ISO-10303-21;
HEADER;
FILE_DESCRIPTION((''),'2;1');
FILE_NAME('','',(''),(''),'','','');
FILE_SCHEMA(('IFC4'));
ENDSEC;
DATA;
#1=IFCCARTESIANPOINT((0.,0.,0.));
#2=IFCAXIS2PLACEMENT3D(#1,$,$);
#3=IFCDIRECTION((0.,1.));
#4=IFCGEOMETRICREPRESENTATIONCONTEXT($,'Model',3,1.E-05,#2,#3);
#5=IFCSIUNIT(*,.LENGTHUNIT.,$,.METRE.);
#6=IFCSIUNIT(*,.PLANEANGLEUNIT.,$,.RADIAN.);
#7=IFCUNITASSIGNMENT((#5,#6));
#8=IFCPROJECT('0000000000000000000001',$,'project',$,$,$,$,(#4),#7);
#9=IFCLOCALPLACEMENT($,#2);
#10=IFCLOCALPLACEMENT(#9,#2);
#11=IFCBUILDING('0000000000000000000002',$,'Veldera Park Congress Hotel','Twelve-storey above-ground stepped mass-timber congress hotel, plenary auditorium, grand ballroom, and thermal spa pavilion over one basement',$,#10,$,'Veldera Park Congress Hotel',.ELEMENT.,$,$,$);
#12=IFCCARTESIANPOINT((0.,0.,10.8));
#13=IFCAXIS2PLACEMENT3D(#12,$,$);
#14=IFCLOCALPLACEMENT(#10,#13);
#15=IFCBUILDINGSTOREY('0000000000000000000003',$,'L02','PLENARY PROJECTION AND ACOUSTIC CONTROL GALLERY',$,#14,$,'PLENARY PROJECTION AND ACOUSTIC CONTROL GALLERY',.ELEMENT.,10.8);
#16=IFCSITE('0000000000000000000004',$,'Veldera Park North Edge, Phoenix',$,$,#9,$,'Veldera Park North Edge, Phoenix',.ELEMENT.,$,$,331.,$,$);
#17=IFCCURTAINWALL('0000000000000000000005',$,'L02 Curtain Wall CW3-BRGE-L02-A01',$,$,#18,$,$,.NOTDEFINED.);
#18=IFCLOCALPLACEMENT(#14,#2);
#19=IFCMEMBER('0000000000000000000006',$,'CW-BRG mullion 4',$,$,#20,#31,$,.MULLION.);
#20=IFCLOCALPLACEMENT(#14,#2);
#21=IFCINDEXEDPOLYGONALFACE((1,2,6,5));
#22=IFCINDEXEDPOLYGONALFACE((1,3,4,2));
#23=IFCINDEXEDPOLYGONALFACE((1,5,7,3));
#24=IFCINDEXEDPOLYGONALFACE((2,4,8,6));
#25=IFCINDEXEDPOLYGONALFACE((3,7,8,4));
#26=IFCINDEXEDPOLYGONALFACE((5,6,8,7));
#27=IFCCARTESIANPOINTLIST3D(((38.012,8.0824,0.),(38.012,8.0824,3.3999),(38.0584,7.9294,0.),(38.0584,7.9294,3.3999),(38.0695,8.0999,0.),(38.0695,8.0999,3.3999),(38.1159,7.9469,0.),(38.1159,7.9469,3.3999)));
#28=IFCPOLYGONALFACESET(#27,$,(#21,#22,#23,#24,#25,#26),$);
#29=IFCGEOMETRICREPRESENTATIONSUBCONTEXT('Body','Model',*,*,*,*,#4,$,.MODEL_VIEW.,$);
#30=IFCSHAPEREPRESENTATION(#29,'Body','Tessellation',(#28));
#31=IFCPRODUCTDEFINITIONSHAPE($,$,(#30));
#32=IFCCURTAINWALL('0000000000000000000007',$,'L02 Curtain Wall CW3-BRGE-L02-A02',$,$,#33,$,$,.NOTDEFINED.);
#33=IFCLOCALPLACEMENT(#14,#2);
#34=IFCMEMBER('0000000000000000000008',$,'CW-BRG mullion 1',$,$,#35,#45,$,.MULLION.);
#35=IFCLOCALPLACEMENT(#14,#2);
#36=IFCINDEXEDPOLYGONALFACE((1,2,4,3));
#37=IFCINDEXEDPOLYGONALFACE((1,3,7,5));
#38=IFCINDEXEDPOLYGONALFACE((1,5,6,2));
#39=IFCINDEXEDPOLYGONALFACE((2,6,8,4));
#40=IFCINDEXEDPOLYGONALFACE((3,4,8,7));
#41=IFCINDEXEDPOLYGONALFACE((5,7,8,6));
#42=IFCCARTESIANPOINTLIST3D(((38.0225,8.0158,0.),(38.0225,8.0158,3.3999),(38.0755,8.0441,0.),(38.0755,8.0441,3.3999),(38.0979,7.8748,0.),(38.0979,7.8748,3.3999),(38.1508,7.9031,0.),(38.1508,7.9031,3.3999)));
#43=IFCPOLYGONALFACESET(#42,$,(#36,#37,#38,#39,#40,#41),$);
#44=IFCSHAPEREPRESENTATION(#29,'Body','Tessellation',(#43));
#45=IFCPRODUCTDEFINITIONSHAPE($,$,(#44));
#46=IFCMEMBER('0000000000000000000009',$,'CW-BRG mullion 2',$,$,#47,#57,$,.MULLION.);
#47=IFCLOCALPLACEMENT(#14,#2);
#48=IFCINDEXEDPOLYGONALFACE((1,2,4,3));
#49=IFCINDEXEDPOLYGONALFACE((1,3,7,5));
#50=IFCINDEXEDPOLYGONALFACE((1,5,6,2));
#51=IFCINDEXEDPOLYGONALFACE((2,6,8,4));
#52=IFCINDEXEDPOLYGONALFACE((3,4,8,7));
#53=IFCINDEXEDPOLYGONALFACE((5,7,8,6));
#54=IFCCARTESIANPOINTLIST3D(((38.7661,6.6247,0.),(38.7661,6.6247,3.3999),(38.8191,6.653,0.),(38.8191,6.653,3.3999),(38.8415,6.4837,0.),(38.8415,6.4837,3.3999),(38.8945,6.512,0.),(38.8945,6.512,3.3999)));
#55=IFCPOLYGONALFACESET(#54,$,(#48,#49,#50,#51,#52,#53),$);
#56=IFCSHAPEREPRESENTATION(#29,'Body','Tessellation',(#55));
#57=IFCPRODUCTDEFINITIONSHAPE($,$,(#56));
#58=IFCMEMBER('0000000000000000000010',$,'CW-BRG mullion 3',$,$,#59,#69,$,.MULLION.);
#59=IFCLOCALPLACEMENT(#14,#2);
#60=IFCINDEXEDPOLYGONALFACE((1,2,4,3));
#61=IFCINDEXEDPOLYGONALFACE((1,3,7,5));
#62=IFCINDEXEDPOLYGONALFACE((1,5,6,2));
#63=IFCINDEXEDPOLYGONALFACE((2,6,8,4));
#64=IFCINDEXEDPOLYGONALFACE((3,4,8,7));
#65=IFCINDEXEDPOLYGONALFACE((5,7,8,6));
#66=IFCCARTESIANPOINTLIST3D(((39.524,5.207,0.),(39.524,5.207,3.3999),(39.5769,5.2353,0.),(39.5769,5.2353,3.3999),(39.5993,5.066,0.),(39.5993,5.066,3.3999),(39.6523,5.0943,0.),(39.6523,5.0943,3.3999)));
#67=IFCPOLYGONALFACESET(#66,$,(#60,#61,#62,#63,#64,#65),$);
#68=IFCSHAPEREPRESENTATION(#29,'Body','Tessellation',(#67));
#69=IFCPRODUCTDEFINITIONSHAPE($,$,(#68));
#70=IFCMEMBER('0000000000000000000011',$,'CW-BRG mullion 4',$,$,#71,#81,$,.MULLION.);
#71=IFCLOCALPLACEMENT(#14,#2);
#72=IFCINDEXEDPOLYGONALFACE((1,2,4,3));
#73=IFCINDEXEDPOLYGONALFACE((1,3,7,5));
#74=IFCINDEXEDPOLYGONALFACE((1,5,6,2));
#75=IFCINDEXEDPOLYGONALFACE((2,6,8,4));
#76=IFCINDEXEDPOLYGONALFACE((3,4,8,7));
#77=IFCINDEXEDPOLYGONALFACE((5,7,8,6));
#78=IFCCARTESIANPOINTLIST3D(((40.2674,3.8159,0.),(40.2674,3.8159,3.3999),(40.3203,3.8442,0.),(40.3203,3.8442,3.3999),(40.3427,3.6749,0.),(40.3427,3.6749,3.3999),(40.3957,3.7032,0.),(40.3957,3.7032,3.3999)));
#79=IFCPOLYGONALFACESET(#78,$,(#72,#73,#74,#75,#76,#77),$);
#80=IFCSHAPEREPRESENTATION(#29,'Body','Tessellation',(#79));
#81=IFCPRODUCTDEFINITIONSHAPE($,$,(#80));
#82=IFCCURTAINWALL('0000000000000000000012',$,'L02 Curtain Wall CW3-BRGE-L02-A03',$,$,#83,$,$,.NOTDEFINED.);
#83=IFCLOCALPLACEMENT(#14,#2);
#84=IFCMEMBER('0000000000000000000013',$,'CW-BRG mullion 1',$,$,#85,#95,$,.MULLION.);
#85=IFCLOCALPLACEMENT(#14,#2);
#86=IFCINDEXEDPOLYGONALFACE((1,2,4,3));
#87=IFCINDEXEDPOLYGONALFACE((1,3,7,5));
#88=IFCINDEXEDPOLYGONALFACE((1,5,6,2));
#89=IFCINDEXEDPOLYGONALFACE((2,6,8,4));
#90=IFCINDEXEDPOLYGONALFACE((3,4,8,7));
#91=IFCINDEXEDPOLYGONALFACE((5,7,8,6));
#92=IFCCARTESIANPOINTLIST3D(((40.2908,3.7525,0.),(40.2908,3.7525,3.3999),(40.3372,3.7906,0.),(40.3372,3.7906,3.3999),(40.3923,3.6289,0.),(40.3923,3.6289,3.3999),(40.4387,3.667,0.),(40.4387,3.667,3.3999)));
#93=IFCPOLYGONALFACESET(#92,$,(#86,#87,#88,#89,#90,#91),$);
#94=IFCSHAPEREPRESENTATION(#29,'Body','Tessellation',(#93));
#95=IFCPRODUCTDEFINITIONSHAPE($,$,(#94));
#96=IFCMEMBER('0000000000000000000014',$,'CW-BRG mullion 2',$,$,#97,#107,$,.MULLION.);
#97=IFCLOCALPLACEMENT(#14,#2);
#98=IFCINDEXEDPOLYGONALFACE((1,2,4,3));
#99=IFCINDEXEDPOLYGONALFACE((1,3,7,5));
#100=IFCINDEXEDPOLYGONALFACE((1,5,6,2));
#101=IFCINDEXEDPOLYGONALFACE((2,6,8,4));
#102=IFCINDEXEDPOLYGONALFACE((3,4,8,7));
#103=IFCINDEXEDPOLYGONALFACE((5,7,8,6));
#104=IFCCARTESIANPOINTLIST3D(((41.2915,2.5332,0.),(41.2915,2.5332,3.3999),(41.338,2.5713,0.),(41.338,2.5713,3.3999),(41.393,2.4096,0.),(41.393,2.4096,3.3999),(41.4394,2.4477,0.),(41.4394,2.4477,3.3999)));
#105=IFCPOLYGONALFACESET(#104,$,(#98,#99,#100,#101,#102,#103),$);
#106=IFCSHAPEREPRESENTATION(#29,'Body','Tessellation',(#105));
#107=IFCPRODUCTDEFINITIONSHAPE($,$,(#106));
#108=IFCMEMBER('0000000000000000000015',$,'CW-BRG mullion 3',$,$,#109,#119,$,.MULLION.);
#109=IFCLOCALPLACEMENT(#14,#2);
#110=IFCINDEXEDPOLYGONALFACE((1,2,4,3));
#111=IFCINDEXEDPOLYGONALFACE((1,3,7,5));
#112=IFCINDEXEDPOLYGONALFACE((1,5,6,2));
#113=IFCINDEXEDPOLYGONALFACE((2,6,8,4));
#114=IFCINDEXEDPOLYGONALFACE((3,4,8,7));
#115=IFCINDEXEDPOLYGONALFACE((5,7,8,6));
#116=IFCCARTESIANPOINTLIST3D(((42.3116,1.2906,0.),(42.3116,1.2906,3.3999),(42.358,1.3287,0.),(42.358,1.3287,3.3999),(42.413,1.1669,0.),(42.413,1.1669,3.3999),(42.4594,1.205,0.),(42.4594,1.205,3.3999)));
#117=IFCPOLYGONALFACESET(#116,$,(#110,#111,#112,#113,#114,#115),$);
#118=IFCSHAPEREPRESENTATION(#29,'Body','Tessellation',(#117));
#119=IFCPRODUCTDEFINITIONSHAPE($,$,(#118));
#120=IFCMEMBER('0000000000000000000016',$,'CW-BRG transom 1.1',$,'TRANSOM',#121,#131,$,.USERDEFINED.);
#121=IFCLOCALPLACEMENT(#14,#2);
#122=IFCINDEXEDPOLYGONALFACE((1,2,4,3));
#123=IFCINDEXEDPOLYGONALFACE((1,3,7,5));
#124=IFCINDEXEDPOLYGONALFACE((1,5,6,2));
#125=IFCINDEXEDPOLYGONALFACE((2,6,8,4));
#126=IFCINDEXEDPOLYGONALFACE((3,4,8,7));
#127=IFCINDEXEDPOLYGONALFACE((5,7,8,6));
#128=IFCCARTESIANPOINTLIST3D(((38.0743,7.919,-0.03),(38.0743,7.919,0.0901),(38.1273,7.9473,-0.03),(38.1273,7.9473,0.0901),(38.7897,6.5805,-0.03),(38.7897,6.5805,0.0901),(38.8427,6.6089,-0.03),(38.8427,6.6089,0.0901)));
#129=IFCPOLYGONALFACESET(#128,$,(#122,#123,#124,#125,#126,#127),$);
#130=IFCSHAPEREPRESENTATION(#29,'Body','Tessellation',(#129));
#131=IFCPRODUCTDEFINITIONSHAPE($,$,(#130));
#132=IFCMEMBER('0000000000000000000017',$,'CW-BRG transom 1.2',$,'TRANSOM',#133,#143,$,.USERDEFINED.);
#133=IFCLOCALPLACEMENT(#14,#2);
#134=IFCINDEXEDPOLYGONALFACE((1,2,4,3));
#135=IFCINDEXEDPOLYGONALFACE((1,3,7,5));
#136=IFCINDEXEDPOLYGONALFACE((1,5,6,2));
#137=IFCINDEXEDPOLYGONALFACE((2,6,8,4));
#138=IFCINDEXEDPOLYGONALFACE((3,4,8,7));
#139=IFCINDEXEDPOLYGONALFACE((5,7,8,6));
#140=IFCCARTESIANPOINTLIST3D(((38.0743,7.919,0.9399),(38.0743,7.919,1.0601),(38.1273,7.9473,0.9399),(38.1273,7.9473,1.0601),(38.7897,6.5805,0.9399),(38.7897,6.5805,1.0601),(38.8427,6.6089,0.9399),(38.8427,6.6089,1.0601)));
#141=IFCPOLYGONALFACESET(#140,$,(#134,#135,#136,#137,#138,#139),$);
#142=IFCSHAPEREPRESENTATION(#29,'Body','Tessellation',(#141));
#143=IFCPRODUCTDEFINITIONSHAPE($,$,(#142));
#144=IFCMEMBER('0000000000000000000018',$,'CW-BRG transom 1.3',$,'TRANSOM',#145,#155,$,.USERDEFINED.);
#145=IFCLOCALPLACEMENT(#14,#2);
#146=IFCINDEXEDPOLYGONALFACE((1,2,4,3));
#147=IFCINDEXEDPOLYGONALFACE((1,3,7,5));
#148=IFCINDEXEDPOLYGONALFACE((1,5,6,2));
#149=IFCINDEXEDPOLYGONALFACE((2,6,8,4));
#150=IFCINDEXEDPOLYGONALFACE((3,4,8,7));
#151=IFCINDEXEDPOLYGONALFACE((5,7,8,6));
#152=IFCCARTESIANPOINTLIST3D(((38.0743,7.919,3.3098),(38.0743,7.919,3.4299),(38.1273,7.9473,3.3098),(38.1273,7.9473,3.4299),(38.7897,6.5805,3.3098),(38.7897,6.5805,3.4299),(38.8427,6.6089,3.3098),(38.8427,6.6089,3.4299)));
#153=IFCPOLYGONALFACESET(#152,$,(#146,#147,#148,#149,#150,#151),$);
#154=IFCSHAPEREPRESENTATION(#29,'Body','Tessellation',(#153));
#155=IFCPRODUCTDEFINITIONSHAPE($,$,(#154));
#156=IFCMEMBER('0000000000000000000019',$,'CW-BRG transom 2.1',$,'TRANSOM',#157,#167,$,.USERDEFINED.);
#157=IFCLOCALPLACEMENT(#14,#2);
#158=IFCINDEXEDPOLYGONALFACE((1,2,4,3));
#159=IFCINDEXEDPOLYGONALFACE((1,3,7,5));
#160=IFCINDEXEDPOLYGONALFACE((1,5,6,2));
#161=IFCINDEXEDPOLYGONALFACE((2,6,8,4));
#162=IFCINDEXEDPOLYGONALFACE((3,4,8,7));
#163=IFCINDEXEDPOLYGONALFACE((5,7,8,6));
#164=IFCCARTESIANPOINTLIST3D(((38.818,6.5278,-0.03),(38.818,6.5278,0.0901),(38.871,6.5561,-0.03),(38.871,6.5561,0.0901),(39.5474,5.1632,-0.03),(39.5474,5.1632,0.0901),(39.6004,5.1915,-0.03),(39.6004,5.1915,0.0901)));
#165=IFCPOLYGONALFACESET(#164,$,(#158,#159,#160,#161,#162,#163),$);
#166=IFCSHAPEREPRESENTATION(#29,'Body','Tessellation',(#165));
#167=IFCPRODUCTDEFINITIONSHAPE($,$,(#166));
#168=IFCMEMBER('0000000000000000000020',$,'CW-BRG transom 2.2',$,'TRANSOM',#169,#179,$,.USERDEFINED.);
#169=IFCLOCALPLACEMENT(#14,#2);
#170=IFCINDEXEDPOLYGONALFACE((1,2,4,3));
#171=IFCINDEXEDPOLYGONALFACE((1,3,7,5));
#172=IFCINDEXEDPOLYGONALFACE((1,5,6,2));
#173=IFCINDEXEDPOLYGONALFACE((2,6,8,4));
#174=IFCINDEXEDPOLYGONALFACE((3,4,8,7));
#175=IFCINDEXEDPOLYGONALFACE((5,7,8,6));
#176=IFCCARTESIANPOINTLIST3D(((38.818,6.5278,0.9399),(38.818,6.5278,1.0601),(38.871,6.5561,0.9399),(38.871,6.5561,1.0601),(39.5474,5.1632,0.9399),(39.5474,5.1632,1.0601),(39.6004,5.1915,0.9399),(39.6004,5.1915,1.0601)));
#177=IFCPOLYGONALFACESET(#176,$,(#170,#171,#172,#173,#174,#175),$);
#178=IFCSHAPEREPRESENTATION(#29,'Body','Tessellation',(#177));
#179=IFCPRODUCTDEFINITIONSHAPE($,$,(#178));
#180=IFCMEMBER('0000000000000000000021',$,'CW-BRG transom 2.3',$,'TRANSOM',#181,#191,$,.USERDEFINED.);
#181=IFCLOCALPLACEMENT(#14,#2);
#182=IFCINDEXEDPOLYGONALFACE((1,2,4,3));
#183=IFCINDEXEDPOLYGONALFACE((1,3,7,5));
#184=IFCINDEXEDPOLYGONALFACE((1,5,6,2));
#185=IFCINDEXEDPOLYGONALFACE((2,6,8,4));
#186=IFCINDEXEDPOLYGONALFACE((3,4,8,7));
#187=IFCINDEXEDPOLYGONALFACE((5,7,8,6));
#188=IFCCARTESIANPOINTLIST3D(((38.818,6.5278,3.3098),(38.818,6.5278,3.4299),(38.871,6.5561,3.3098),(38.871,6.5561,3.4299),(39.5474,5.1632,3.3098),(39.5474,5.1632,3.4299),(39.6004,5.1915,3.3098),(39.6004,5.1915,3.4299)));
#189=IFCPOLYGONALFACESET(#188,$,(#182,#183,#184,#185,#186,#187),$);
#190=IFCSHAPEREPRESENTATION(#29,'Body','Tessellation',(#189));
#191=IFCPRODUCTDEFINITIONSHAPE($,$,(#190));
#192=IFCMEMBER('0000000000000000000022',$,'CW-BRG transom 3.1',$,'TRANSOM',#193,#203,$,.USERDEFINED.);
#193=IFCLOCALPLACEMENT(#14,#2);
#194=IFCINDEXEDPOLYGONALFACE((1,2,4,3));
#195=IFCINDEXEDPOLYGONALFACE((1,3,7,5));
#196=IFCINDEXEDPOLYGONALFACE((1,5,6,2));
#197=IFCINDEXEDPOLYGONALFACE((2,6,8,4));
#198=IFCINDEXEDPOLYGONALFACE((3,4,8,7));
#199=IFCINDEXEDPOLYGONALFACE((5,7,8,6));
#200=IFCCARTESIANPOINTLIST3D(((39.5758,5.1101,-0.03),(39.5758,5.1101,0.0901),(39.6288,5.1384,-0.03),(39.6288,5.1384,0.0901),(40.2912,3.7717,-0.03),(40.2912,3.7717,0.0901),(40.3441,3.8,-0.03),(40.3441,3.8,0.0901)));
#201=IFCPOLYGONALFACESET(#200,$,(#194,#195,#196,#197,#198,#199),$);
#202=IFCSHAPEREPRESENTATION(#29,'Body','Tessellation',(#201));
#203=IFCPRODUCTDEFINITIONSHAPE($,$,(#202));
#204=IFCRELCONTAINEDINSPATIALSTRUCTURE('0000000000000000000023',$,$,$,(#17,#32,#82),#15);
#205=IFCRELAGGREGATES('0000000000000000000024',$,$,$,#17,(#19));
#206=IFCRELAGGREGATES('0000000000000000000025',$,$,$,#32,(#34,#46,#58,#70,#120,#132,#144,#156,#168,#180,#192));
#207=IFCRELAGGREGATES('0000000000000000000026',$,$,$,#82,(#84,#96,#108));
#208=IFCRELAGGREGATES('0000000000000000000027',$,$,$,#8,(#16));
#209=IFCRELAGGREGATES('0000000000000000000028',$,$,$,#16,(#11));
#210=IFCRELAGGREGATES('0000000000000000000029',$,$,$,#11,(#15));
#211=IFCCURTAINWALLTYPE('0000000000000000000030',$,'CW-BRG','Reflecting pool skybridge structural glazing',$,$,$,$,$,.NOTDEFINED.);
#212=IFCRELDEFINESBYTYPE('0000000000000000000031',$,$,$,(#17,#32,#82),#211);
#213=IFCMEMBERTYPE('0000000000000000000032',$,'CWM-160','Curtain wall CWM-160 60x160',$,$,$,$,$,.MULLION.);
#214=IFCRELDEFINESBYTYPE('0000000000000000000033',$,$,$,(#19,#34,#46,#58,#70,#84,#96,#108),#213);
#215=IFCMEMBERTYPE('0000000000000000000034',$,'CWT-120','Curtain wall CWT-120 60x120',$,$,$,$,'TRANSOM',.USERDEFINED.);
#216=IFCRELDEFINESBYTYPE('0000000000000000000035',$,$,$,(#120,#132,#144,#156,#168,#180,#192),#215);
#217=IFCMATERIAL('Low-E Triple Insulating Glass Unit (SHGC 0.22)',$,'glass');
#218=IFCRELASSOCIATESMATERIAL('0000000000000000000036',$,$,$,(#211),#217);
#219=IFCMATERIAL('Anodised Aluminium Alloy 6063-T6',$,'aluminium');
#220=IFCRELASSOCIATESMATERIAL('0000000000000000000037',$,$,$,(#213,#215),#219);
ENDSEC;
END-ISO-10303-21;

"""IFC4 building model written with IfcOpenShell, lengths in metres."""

from ifc_helpers import new_model, si_unit, direction, frame, origin, origin_2d, place, context, subcontext, project, spatial, rectangle, extrude, material, material_profile, profile_set, type_object, element, aggregate, save


model = new_model("IFC4")

# Units and contexts
model_context = context("Model", 3, precision=1e-05, world=origin(), true_north=direction((0.0, 1.0)))
body_context = subcontext(model_context, "Body", "Model", "MODEL_VIEW")
ifc_project = project(units=[si_unit("LENGTHUNIT", "METRE"), si_unit("PLANEANGLEUNIT", "RADIAN")], contexts=[model_context])

# Site, building, storey
site_placement = place(None, origin())
site = spatial("IfcSite", under=ifc_project, at=site_placement, Name="Veldera Park North Edge, Phoenix", LongName="Veldera Park North Edge, Phoenix", CompositionType="ELEMENT", RefElevation=331.0)
building_placement = place(site_placement, origin())
building = spatial("IfcBuilding", under=site, at=building_placement, Name="Veldera Park Congress Hotel", Description="Twelve-storey above-ground stepped mass-timber congress hotel, plenary auditorium, grand ballroom, and thermal spa pavilion over one basement", LongName="Veldera Park Congress Hotel", CompositionType="ELEMENT")
storey_placement = place(building_placement, frame((0.0, 0.0, 10.8)))
storey = spatial("IfcBuildingStorey", under=building, at=storey_placement, Name="L02", Description="PLENARY PROJECTION AND ACOUSTIC CONTROL GALLERY", LongName="PLENARY PROJECTION AND ACOUSTIC CONTROL GALLERY", CompositionType="ELEMENT", Elevation=10.8)

# Curtain wall, member
ifc_material_1 = material(Name="Low-E Triple Insulating Glass Unit (SHGC 0.22)", Category="glass")
curtain_wall_type = type_object("IfcCurtainWallType", Name="CW-BRG", Description="Reflecting pool skybridge structural glazing", PredefinedType="NOTDEFINED", material=ifc_material_1)
curtain_wall_1_placement = place(storey_placement, origin())
curtain_wall_1 = element("IfcCurtainWall", 1, at=curtain_wall_1_placement, inside=storey, type_object=curtain_wall_type, Name="L02 Curtain Wall CW3-BRGE-L02-A01", PredefinedType="NOTDEFINED")
ifc_material_2 = material(Name="Anodised Aluminium Alloy 6063-T6", Category="aluminium")
ifc_material_profile_1 = material_profile(ifc_material_2, rectangle(XDim=0.0601, YDim=0.1599, at=origin_2d()), Name="ALU 60x160")
ifc_profile_set_1 = profile_set([ifc_material_profile_1], Name="Anodised Aluminium Alloy 6063-T6")
member_type_1 = type_object("IfcMemberType", Name="CWM-160", Description="Curtain wall CWM-160 60x160", PredefinedType="MULLION", material=ifc_profile_set_1)
member_1_placement = place(storey_placement, frame((38.064, 8.0146, 0.0), z_axis=(0.0, 0.0, 1.0), x_axis=(0.956939, 0.290288, 0.0)))
member_1 = element("IfcMember", 2, at=member_1_placement, type_object=member_type_1, Name="CW-BRG mullion 4", PredefinedType="MULLION", context=body_context, shape_type="SweptSolid", body=[
    extrude(rectangle(XDim=0.0601, YDim=0.1599, at=origin_2d()), origin(), (0.0, 0.0, 1.0), 3.3999),
])
aggregate(curtain_wall_1, [member_1])

# Curtain walls, members
curtain_wall_2_placement = place(storey_placement, origin())
curtain_wall_2 = element("IfcCurtainWall", 3, at=curtain_wall_2_placement, inside=storey, type_object=curtain_wall_type, Name="L02 Curtain Wall CW3-BRGE-L02-A02", PredefinedType="NOTDEFINED")
member_2_placement = place(storey_placement, frame((38.0867, 7.9595, 0.0), z_axis=(0.0, 0.0, 1.0), x_axis=(0.881928, 0.471385, 0.0)))
member_2 = element("IfcMember", 4, at=member_2_placement, type_object=member_type_1, Name="CW-BRG mullion 1", PredefinedType="MULLION", context=body_context, shape_type="SweptSolid", body=[
    extrude(rectangle(XDim=0.0601, YDim=0.1599, at=origin_2d()), origin(), (0.0, 0.0, 1.0), 3.3999),
])
member_3_placement = place(storey_placement, frame((38.8303, 6.5684, 0.0), z_axis=(0.0, 0.0, 1.0), x_axis=(0.881928, 0.471385, 0.0)))
member_3 = element("IfcMember", 5, at=member_3_placement, type_object=member_type_1, Name="CW-BRG mullion 2", PredefinedType="MULLION", context=body_context, shape_type="SweptSolid", body=[
    extrude(rectangle(XDim=0.0601, YDim=0.1599, at=origin_2d()), origin(), (0.0, 0.0, 1.0), 3.3999),
])
member_4_placement = place(storey_placement, frame((39.5881, 5.1506, 0.0), z_axis=(0.0, 0.0, 1.0), x_axis=(0.881928, 0.471385, 0.0)))
member_4 = element("IfcMember", 6, at=member_4_placement, type_object=member_type_1, Name="CW-BRG mullion 3", PredefinedType="MULLION", context=body_context, shape_type="SweptSolid", body=[
    extrude(rectangle(XDim=0.0601, YDim=0.1599, at=origin_2d()), origin(), (0.0, 0.0, 1.0), 3.3999),
])
member_5_placement = place(storey_placement, frame((40.3315, 3.7595, 0.0), z_axis=(0.0, 0.0, 1.0), x_axis=(0.881928, 0.471385, 0.0)))
member_5 = element("IfcMember", 7, at=member_5_placement, type_object=member_type_1, Name="CW-BRG mullion 4", PredefinedType="MULLION", context=body_context, shape_type="SweptSolid", body=[
    extrude(rectangle(XDim=0.0601, YDim=0.1599, at=origin_2d()), origin(), (0.0, 0.0, 1.0), 3.3999),
])
curtain_wall_3_placement = place(storey_placement, origin())
curtain_wall_3 = element("IfcCurtainWall", 8, at=curtain_wall_3_placement, inside=storey, type_object=curtain_wall_type, Name="L02 Curtain Wall CW3-BRGE-L02-A03", PredefinedType="NOTDEFINED")
member_6_placement = place(storey_placement, frame((40.3647, 3.7097, 0.0), z_axis=(0.0, 0.0, 1.0), x_axis=(0.773003, 0.634402, 0.0)))
member_6 = element("IfcMember", 9, at=member_6_placement, type_object=member_type_1, Name="CW-BRG mullion 1", PredefinedType="MULLION", context=body_context, shape_type="SweptSolid", body=[
    extrude(rectangle(XDim=0.0601, YDim=0.1599, at=origin_2d()), origin(), (0.0, 0.0, 1.0), 3.3999),
])
member_7_placement = place(storey_placement, frame((41.3655, 2.4905, 0.0), z_axis=(0.0, 0.0, 1.0), x_axis=(0.773003, 0.634402, 0.0)))
member_7 = element("IfcMember", 10, at=member_7_placement, type_object=member_type_1, Name="CW-BRG mullion 2", PredefinedType="MULLION", context=body_context, shape_type="SweptSolid", body=[
    extrude(rectangle(XDim=0.0601, YDim=0.1599, at=origin_2d()), origin(), (0.0, 0.0, 1.0), 3.3999),
])
member_8_placement = place(storey_placement, frame((42.3855, 1.2478, 0.0), z_axis=(0.0, 0.0, 1.0), x_axis=(0.773003, 0.634402, 0.0)))
member_8 = element("IfcMember", 11, at=member_8_placement, type_object=member_type_1, Name="CW-BRG mullion 3", PredefinedType="MULLION", context=body_context, shape_type="SweptSolid", body=[
    extrude(rectangle(XDim=0.0601, YDim=0.1599, at=origin_2d()), origin(), (0.0, 0.0, 1.0), 3.3999),
])

# Members
ifc_material_profile_2 = material_profile(ifc_material_2, rectangle(XDim=0.0601, YDim=0.1201, at=origin_2d()), Name="ALU 60x120")
ifc_profile_set_2 = profile_set([ifc_material_profile_2], Name="Anodised Aluminium Alloy 6063-T6")
member_type_2 = type_object("IfcMemberType", Name="CWT-120", Description="Curtain wall CWT-120 60x120", ElementType="TRANSOM", PredefinedType="USERDEFINED", material=ifc_profile_set_2)
member_9_placement = place(storey_placement, frame((38.1008, 7.9331, 0.03), z_axis=(0.471373, -0.881934, 0.0), x_axis=(0.881934, 0.471373, 0.0)))
member_9 = element("IfcMember", 12, at=member_9_placement, type_object=member_type_2, Name="CW-BRG transom 1.1", ObjectType="TRANSOM", PredefinedType="USERDEFINED", context=body_context, shape_type="SweptSolid", body=[
    extrude(rectangle(XDim=0.0601, YDim=0.1201, at=origin_2d()), origin(), (0.0, 0.0, 1.0), 1.5176),
])
member_10_placement = place(storey_placement, frame((38.1008, 7.9331, 1.0), z_axis=(0.471373, -0.881934, 0.0), x_axis=(0.881934, 0.471373, 0.0)))
member_10 = element("IfcMember", 13, at=member_10_placement, type_object=member_type_2, Name="CW-BRG transom 1.2", ObjectType="TRANSOM", PredefinedType="USERDEFINED", context=body_context, shape_type="SweptSolid", body=[
    extrude(rectangle(XDim=0.0601, YDim=0.1201, at=origin_2d()), origin(), (0.0, 0.0, 1.0), 1.5176),
])
member_11_placement = place(storey_placement, frame((38.1008, 7.9331, 3.3699), z_axis=(0.471373, -0.881934, 0.0), x_axis=(0.881934, 0.471373, 0.0)))
member_11 = element("IfcMember", 14, at=member_11_placement, type_object=member_type_2, Name="CW-BRG transom 1.3", ObjectType="TRANSOM", PredefinedType="USERDEFINED", context=body_context, shape_type="SweptSolid", body=[
    extrude(rectangle(XDim=0.0601, YDim=0.1201, at=origin_2d()), origin(), (0.0, 0.0, 1.0), 1.5176),
])
member_12_placement = place(storey_placement, frame((38.8445, 6.542, 0.03), z_axis=(0.471407, -0.881916, 0.0), x_axis=(0.881916, 0.471407, 0.0)))
member_12 = element("IfcMember", 15, at=member_12_placement, type_object=member_type_2, Name="CW-BRG transom 2.1", ObjectType="TRANSOM", PredefinedType="USERDEFINED", context=body_context, shape_type="SweptSolid", body=[
    extrude(rectangle(XDim=0.0601, YDim=0.1201, at=origin_2d()), origin(), (0.0, 0.0, 1.0), 1.5474),
])
member_13_placement = place(storey_placement, frame((38.8445, 6.542, 1.0), z_axis=(0.471407, -0.881916, 0.0), x_axis=(0.881916, 0.471407, 0.0)))
member_13 = element("IfcMember", 16, at=member_13_placement, type_object=member_type_2, Name="CW-BRG transom 2.2", ObjectType="TRANSOM", PredefinedType="USERDEFINED", context=body_context, shape_type="SweptSolid", body=[
    extrude(rectangle(XDim=0.0601, YDim=0.1201, at=origin_2d()), origin(), (0.0, 0.0, 1.0), 1.5474),
])
member_14_placement = place(storey_placement, frame((38.8445, 6.542, 3.3699), z_axis=(0.471407, -0.881916, 0.0), x_axis=(0.881916, 0.471407, 0.0)))
member_14 = element("IfcMember", 17, at=member_14_placement, type_object=member_type_2, Name="CW-BRG transom 2.3", ObjectType="TRANSOM", PredefinedType="USERDEFINED", context=body_context, shape_type="SweptSolid", body=[
    extrude(rectangle(XDim=0.0601, YDim=0.1201, at=origin_2d()), origin(), (0.0, 0.0, 1.0), 1.5474),
])
member_15_placement = place(storey_placement, frame((39.6023, 5.1243, 0.03), z_axis=(0.471373, -0.881934, 0.0), x_axis=(0.881934, 0.471373, 0.0)))
member_15 = element("IfcMember", 18, at=member_15_placement, type_object=member_type_2, Name="CW-BRG transom 3.1", ObjectType="TRANSOM", PredefinedType="USERDEFINED", context=body_context, shape_type="SweptSolid", body=[
    extrude(rectangle(XDim=0.0601, YDim=0.1201, at=origin_2d()), origin(), (0.0, 0.0, 1.0), 1.5176),
])

aggregate(curtain_wall_2, [member_2, member_3, member_4, member_5, member_9, member_10, member_11, member_12, member_13, member_14, member_15])
aggregate(curtain_wall_3, [member_6, member_7, member_8])

save(model, "model.ifc")
